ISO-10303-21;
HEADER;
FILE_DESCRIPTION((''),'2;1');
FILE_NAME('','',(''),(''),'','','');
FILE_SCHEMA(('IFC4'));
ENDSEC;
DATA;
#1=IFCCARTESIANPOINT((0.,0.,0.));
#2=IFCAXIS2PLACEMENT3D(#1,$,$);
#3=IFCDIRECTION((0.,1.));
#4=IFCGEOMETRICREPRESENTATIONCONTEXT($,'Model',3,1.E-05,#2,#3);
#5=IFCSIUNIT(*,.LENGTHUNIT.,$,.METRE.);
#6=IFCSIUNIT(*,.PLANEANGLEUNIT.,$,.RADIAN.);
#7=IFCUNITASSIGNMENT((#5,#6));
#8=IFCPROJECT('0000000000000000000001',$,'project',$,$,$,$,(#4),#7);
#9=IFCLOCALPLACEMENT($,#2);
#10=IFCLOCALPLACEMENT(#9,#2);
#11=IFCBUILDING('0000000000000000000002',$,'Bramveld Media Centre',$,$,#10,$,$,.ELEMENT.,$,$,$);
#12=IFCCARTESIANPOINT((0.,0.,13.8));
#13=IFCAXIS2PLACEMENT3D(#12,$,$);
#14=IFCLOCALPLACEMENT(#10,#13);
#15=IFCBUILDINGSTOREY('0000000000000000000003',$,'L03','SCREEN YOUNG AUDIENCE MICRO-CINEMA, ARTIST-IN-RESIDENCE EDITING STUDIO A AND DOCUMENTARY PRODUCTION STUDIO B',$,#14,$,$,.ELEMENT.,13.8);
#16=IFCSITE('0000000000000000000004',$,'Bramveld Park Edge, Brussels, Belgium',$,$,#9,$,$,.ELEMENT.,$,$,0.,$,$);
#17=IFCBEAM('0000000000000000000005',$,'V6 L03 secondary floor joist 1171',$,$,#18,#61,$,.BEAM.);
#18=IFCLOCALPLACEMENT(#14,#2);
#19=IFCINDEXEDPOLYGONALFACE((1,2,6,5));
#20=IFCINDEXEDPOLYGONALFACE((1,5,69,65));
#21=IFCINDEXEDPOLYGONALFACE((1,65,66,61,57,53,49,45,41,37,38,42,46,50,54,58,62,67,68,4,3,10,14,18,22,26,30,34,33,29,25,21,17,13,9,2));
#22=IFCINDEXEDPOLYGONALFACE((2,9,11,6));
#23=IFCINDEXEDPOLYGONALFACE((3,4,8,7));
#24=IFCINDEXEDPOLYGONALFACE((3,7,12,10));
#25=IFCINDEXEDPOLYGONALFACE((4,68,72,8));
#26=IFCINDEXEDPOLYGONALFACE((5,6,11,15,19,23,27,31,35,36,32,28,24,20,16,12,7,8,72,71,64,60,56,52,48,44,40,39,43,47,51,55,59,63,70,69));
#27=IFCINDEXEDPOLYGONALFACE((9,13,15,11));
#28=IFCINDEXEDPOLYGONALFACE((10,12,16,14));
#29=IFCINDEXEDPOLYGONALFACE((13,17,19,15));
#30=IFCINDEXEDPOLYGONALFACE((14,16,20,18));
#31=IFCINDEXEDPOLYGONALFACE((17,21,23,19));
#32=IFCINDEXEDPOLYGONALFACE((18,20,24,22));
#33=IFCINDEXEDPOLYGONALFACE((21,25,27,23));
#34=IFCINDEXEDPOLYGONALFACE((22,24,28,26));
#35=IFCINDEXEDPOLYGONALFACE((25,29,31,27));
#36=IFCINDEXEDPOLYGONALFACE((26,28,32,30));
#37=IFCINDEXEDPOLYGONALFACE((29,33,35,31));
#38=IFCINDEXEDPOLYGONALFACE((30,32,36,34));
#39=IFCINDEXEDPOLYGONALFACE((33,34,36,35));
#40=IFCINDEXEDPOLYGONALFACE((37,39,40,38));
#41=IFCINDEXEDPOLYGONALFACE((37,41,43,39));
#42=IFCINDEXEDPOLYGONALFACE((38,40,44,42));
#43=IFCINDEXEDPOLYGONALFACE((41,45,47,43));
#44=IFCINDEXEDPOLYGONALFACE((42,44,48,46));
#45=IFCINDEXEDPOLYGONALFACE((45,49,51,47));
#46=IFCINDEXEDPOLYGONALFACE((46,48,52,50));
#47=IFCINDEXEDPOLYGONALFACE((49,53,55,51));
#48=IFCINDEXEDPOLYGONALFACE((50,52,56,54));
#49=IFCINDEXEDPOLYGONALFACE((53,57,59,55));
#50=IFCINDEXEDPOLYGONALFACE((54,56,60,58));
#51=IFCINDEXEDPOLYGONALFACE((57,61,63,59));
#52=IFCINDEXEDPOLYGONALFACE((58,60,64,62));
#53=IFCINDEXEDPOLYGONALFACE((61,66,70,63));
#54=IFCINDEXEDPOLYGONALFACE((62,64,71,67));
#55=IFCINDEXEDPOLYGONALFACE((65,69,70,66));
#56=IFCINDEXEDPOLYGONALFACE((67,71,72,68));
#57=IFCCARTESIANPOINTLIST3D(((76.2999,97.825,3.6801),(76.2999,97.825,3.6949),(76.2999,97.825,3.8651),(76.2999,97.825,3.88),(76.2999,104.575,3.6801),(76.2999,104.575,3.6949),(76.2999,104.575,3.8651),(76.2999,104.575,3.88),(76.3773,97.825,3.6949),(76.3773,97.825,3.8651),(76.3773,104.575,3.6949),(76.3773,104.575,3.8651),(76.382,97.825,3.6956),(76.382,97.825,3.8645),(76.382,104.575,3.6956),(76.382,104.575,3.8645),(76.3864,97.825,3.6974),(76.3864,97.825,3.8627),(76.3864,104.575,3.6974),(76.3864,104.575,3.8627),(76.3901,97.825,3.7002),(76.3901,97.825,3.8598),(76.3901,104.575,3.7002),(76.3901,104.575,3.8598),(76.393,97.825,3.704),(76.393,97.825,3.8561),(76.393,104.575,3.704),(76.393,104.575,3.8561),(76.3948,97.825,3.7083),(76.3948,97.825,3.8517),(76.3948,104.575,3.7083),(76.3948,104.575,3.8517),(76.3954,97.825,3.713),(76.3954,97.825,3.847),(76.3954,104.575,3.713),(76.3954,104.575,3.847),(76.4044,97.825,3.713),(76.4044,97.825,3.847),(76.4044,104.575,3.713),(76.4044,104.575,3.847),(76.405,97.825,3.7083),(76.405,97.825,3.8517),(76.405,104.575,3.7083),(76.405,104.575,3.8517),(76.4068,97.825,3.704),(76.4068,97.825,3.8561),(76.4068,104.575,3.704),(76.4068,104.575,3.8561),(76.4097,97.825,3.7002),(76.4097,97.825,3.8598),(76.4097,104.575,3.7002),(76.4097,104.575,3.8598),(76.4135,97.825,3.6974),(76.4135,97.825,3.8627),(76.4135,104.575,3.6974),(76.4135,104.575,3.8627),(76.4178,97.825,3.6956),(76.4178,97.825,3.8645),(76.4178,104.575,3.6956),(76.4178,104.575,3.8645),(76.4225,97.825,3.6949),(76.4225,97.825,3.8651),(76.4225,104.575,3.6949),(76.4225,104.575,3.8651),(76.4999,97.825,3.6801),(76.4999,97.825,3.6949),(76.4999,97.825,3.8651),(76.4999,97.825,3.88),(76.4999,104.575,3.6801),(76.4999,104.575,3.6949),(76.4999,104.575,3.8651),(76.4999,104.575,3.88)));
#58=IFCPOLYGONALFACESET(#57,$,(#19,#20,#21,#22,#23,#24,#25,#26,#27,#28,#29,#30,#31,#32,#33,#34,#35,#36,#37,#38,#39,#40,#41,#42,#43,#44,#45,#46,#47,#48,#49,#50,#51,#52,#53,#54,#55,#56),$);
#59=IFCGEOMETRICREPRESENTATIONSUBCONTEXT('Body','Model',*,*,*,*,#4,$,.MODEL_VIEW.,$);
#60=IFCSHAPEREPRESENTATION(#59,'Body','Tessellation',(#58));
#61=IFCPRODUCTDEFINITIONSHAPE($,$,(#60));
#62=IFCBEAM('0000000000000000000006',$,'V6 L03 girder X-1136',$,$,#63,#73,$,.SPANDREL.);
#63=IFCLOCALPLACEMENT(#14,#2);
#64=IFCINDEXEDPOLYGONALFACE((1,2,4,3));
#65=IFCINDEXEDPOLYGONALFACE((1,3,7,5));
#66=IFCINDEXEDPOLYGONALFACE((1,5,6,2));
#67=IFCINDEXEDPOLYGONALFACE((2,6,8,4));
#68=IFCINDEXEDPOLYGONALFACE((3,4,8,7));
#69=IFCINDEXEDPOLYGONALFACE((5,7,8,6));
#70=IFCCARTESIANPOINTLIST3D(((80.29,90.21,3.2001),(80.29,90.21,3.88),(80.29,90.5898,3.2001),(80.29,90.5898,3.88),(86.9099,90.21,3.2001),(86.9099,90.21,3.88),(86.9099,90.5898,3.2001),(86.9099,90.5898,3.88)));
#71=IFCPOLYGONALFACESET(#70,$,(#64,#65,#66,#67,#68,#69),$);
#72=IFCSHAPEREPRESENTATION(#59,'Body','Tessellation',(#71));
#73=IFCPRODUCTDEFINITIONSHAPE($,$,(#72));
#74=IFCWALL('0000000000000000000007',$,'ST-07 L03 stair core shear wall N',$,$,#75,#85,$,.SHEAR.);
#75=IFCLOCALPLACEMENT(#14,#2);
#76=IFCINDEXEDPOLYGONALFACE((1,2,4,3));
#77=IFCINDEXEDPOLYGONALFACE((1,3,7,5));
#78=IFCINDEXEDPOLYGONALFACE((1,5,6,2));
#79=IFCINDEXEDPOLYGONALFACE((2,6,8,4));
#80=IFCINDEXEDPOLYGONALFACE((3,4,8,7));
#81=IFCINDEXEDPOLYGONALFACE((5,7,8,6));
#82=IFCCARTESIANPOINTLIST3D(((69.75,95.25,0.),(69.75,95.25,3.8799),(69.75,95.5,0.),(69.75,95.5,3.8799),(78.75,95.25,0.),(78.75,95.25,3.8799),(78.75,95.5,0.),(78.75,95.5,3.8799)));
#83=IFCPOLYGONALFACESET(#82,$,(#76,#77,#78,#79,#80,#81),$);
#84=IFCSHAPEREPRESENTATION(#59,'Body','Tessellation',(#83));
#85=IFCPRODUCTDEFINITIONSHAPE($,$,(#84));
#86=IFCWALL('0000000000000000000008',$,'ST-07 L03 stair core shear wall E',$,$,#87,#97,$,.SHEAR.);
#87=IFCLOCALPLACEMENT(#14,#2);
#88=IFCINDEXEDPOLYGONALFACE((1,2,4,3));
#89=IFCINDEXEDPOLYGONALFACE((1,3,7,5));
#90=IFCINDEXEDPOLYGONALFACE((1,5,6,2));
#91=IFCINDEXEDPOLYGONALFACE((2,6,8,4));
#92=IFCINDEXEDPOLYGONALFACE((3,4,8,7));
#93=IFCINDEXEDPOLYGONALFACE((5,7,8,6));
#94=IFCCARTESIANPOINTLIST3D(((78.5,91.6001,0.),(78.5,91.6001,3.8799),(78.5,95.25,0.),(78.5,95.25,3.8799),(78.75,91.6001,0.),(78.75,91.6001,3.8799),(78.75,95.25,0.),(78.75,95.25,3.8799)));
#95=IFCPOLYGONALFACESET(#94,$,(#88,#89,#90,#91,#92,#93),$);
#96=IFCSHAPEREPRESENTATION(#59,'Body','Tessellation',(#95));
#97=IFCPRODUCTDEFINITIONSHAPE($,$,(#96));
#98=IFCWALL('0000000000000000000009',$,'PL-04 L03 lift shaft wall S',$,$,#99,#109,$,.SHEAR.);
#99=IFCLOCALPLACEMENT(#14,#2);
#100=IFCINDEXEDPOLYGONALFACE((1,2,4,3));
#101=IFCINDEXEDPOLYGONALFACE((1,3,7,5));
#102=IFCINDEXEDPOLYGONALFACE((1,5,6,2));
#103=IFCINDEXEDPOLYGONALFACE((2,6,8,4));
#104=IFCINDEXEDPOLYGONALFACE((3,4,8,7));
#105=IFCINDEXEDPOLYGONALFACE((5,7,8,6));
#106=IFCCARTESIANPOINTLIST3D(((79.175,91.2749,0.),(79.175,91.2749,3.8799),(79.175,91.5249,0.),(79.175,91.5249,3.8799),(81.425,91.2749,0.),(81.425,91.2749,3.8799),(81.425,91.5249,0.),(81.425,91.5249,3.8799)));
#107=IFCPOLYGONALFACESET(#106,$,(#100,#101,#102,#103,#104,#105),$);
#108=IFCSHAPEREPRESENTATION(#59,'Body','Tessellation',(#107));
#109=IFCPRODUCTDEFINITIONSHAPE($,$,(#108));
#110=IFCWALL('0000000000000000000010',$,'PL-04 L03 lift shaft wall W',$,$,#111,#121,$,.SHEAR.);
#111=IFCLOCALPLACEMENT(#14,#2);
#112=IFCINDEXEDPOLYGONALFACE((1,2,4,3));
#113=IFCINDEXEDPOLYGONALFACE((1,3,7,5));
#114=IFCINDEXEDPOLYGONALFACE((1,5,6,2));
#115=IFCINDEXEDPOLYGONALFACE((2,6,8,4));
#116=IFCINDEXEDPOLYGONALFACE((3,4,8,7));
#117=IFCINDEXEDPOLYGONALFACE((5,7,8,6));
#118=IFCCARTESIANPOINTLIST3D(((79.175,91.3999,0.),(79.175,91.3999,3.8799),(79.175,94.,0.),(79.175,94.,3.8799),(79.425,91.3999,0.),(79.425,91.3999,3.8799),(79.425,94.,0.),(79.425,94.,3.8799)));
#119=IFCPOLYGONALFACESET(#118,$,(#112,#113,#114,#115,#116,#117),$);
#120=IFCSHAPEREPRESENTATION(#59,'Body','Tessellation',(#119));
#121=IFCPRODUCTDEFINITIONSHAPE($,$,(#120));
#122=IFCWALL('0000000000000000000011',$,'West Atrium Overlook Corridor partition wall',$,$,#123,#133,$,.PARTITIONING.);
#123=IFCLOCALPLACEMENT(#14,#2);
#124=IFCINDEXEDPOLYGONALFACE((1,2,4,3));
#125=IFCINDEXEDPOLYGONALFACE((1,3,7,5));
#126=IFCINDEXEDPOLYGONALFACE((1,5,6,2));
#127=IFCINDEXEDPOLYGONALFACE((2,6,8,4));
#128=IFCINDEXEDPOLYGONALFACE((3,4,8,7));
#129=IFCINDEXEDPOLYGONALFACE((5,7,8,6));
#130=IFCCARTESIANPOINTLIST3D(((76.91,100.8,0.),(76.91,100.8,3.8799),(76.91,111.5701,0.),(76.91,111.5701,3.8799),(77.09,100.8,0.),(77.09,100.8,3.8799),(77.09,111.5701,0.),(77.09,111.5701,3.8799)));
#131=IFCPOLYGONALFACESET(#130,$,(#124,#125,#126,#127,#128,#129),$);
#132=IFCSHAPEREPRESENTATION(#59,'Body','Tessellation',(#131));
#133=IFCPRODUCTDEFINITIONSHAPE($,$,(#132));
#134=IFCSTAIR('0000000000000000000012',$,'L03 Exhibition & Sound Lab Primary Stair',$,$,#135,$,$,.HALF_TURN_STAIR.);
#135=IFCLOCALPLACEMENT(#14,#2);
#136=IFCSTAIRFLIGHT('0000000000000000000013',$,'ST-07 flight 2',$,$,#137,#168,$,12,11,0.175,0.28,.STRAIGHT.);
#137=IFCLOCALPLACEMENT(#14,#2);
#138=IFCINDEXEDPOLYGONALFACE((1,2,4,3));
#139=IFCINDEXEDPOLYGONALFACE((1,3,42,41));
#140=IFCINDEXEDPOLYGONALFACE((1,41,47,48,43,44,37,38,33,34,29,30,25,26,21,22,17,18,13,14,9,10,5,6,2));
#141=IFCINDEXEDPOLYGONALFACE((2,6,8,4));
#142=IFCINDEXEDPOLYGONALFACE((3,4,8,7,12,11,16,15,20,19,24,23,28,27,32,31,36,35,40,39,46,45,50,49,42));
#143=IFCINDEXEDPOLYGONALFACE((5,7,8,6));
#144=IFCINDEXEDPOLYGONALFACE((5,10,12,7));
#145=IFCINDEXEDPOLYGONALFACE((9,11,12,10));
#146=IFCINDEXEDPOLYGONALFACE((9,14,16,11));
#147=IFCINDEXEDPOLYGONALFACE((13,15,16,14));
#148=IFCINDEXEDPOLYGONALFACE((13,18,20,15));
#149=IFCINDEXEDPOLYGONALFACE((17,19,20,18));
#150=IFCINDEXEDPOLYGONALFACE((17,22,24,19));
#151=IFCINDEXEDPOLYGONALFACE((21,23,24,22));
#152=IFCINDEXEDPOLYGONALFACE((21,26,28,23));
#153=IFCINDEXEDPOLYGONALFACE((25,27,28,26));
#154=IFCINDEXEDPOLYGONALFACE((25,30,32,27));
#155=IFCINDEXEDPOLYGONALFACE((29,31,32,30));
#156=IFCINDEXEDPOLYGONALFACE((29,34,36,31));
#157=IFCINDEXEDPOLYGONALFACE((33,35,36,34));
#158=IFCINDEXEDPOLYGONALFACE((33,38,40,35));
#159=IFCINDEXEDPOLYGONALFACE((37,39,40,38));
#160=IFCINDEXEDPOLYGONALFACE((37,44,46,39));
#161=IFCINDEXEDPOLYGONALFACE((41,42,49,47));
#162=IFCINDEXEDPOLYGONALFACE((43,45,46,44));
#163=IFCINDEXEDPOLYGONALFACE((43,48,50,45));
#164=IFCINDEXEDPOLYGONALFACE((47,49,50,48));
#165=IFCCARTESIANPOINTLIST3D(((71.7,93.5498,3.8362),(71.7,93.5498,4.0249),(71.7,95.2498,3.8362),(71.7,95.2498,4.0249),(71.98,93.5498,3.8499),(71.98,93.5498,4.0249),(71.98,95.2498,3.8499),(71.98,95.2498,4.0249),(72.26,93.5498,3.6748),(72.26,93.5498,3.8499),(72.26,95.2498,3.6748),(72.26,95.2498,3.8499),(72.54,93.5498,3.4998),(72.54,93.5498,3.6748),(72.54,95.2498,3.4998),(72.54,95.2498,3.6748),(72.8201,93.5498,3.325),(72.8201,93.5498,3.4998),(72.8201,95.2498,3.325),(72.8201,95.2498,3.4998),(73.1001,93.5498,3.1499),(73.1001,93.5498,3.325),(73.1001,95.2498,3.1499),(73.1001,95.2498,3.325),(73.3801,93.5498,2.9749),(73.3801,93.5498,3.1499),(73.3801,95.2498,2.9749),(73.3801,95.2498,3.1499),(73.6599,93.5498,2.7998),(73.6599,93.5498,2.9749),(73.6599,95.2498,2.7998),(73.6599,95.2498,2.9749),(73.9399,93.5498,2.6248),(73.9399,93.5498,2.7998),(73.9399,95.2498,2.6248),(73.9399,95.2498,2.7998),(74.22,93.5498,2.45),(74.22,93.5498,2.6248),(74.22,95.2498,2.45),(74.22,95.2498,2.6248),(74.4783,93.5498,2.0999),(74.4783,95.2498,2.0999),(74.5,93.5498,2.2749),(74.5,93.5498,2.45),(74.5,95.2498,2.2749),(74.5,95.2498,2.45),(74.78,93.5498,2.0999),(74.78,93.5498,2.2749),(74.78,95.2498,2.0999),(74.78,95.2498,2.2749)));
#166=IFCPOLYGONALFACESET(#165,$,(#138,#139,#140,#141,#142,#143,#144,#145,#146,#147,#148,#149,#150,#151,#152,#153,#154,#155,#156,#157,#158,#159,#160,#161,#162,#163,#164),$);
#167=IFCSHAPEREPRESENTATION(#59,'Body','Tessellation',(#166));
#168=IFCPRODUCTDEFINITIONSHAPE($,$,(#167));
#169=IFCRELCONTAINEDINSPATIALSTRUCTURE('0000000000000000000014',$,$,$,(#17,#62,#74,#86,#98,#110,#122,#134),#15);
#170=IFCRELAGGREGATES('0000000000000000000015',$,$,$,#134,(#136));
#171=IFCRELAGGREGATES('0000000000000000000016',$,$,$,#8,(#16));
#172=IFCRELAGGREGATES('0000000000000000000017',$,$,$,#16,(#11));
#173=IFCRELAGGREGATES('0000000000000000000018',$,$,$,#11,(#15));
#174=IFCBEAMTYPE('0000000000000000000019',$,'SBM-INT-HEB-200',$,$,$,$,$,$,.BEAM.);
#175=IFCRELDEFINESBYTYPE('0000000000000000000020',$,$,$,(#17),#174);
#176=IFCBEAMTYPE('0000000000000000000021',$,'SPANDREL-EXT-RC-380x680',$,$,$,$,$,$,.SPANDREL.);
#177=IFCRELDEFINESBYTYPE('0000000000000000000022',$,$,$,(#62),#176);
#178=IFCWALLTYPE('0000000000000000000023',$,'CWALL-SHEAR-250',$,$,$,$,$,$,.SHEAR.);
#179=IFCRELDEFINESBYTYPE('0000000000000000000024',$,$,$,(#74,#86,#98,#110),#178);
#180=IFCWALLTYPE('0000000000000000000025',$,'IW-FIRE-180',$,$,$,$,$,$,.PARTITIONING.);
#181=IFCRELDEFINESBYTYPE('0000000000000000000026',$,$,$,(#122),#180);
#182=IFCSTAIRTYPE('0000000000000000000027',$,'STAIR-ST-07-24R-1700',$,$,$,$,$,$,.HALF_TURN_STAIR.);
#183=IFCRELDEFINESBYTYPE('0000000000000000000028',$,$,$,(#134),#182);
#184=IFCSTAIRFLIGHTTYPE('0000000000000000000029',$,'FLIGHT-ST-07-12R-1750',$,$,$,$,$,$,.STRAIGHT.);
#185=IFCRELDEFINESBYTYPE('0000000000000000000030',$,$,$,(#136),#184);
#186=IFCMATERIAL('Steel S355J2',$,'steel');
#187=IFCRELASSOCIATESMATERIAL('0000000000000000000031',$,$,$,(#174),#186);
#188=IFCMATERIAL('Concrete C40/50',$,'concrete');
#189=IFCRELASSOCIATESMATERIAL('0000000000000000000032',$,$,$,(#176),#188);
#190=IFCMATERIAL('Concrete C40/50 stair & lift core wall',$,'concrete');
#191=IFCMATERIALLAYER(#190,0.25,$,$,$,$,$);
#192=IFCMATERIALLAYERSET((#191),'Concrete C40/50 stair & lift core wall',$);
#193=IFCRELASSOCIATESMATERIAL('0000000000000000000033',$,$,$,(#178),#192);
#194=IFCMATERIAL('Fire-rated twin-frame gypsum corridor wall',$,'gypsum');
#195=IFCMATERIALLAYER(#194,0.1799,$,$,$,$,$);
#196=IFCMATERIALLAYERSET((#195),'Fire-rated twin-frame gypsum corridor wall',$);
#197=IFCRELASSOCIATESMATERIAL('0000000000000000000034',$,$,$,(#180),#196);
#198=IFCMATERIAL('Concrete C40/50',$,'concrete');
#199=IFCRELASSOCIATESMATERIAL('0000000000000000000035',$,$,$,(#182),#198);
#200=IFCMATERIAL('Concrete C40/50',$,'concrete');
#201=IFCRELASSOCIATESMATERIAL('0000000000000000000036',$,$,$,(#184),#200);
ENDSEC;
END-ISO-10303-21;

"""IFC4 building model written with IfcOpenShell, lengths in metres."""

from ifc_helpers import new_model, si_unit, direction, frame, frame_2d, origin, origin_2d, place, context, subcontext, project, spatial, polyline, rectangle, i_section, outline, extrude, material, layer, layer_set, material_profile, profile_set, type_object, element, aggregate, save


model = new_model("IFC4")

# Units and contexts
model_context = context("Model", 3, precision=1e-05, world=origin(), true_north=direction((0.0, 1.0)))
body_context = subcontext(model_context, "Body", "Model", "MODEL_VIEW")
ifc_project = project(units=[si_unit("LENGTHUNIT", "METRE"), si_unit("PLANEANGLEUNIT", "RADIAN")], contexts=[model_context])

# Site, building, storey
site_placement = place(None, origin())
site = spatial("IfcSite", under=ifc_project, at=site_placement, Name="Bramveld Park Edge, Brussels, Belgium", CompositionType="ELEMENT", RefElevation=0.0)
building_placement = place(site_placement, origin())
building = spatial("IfcBuilding", under=site, at=building_placement, Name="Bramveld Media Centre", CompositionType="ELEMENT")
storey_placement = place(building_placement, frame((0.0, 0.0, 13.8)))
storey = spatial("IfcBuildingStorey", under=building, at=storey_placement, Name="L03", Description="SCREEN YOUNG AUDIENCE MICRO-CINEMA, ARTIST-IN-RESIDENCE EDITING STUDIO A AND DOCUMENTARY PRODUCTION STUDIO B", CompositionType="ELEMENT", Elevation=13.8)

# Beams
ifc_material_1 = material(Name="Steel S355J2", Category="steel")
ifc_material_profile_1 = material_profile(ifc_material_1, i_section(OverallWidth=0.2, OverallDepth=0.2, WebThickness=0.009, FlangeThickness=0.0149, FilletRadius=0.0181, at=origin_2d()), Name="HEB 200")
ifc_profile_set_1 = profile_set([ifc_material_profile_1], Name="Steel S355J2")
beam_type_1 = type_object("IfcBeamType", Name="SBM-INT-HEB-200", PredefinedType="BEAM", material=ifc_profile_set_1)
beam_1_placement = place(storey_placement, frame((76.3999, 97.825, 3.78), z_axis=(0.0, 1.0, 0.0), x_axis=(-1.0, 0.0, 0.0)))
element("IfcBeam", 1, at=beam_1_placement, inside=storey, type_object=beam_type_1, Name="V6 L03 secondary floor joist 1171", PredefinedType="BEAM", context=body_context, shape_type="SweptSolid", body=[
    extrude(i_section(OverallWidth=0.2, OverallDepth=0.2, WebThickness=0.009, FlangeThickness=0.0149, FilletRadius=0.0181, at=origin_2d()), origin(), (0.0, 0.0, 1.0), 6.75),
])
ifc_material_2 = material(Name="Concrete C40/50", Category="concrete")
ifc_material_profile_2 = material_profile(ifc_material_2, rectangle(XDim=0.3799, YDim=0.6799, at=origin_2d()), Name="RC 380x680")
ifc_profile_set_2 = profile_set([ifc_material_profile_2], Name="Concrete C40/50")
beam_type_2 = type_object("IfcBeamType", Name="SPANDREL-EXT-RC-380x680", PredefinedType="SPANDREL", material=ifc_profile_set_2)
beam_2_placement = place(storey_placement, frame((80.29, 90.3999, 3.54), z_axis=(1.0, 0.0, 0.0), x_axis=(0.0, 1.0, 0.0)))
element("IfcBeam", 2, at=beam_2_placement, inside=storey, type_object=beam_type_2, Name="V6 L03 girder X-1136", PredefinedType="SPANDREL", context=body_context, shape_type="SweptSolid", body=[
    extrude(rectangle(XDim=0.3799, YDim=0.6799, at=origin_2d()), origin(), (0.0, 0.0, 1.0), 6.6199),
])

# Walls
ifc_material_3 = material(Name="Concrete C40/50 stair & lift core wall", Category="concrete")
ifc_layer_1 = layer(ifc_material_3, 0.25)
ifc_layer_set_1 = layer_set([ifc_layer_1], Name="Concrete C40/50 stair & lift core wall")
wall_type_1 = type_object("IfcWallType", Name="CWALL-SHEAR-250", PredefinedType="SHEAR", material=ifc_layer_set_1)
wall_1_placement = place(storey_placement, frame((78.75, 95.375, 0.0), z_axis=(0.0, 0.0, 1.0), x_axis=(-1.0, 0.0, 0.0)))
element("IfcWall", 3, at=wall_1_placement, inside=storey, type_object=wall_type_1, Name="ST-07 L03 stair core shear wall N", PredefinedType="SHEAR", context=body_context, shape_type="SweptSolid", body=[
    extrude(rectangle(XDim=9.0, YDim=0.25, at=frame_2d((4.5, 0.0))), origin(), (0.0, 0.0, 1.0), 3.8799),
])
wall_2_placement = place(storey_placement, frame((78.625, 91.6001, 0.0), z_axis=(0.0, 0.0, 1.0), x_axis=(0.0, 1.0, 0.0)))
element("IfcWall", 4, at=wall_2_placement, inside=storey, type_object=wall_type_1, Name="ST-07 L03 stair core shear wall E", PredefinedType="SHEAR", context=body_context, shape_type="SweptSolid", body=[
    extrude(rectangle(XDim=3.6499, YDim=0.25, at=frame_2d((1.825, 0.0))), origin(), (0.0, 0.0, 1.0), 3.8799),
])
wall_3_placement = place(storey_placement, frame((79.175, 91.3999, 0.0), z_axis=(0.0, 0.0, 1.0), x_axis=(1.0, 0.0, 0.0)))
element("IfcWall", 5, at=wall_3_placement, inside=storey, type_object=wall_type_1, Name="PL-04 L03 lift shaft wall S", PredefinedType="SHEAR", context=body_context, shape_type="SweptSolid", body=[
    extrude(rectangle(XDim=2.25, YDim=0.25, at=frame_2d((1.125, 0.0))), origin(), (0.0, 0.0, 1.0), 3.8799),
])
wall_4_placement = place(storey_placement, frame((79.3, 94.0, 0.0), z_axis=(0.0, 0.0, 1.0), x_axis=(0.0, -1.0, 0.0)))
element("IfcWall", 6, at=wall_4_placement, inside=storey, type_object=wall_type_1, Name="PL-04 L03 lift shaft wall W", PredefinedType="SHEAR", context=body_context, shape_type="SweptSolid", body=[
    extrude(rectangle(XDim=2.6001, YDim=0.25, at=frame_2d((1.3, 0.0))), origin(), (0.0, 0.0, 1.0), 3.8799),
])
ifc_material_4 = material(Name="Fire-rated twin-frame gypsum corridor wall", Category="gypsum")
ifc_layer_2 = layer(ifc_material_4, 0.1799)
ifc_layer_set_2 = layer_set([ifc_layer_2], Name="Fire-rated twin-frame gypsum corridor wall")
wall_type_2 = type_object("IfcWallType", Name="IW-FIRE-180", PredefinedType="PARTITIONING", material=ifc_layer_set_2)
wall_5_placement = place(storey_placement, frame((77.0, 100.8, 0.0), z_axis=(0.0, 0.0, 1.0), x_axis=(0.0, 1.0, 0.0)))
element("IfcWall", 7, at=wall_5_placement, inside=storey, type_object=wall_type_2, Name="West Atrium Overlook Corridor partition wall", PredefinedType="PARTITIONING", context=body_context, shape_type="SweptSolid", body=[
    extrude(rectangle(XDim=10.77, YDim=0.1799, at=frame_2d((5.385, 0.0))), origin(), (0.0, 0.0, 1.0), 3.8799),
])

# Stair, stair flight
ifc_material_5 = material(Name="Concrete C40/50", Category="concrete")
stair_type = type_object("IfcStairType", Name="STAIR-ST-07-24R-1700", PredefinedType="HALF_TURN_STAIR", material=ifc_material_5)
stair_placement = place(storey_placement, origin())
stair = element("IfcStair", 8, at=stair_placement, inside=storey, type_object=stair_type, Name="L03 Exhibition & Sound Lab Primary Stair", PredefinedType="HALF_TURN_STAIR")
ifc_material_6 = material(Name="Concrete C40/50", Category="concrete")
stair_flight_type = type_object("IfcStairFlightType", Name="FLIGHT-ST-07-12R-1750", PredefinedType="STRAIGHT", material=ifc_material_6)
stair_flight_placement = place(storey_placement, frame((74.78, 94.3999, 2.0999), z_axis=(0.0, 0.0, 1.0), x_axis=(-1.0, 0.0, 0.0)))
stair_flight = element("IfcStairFlight", 9, at=stair_flight_placement, type_object=stair_flight_type, Name="ST-07 flight 2", NumberOfRisers=12, NumberOfTreads=11, PredefinedType="STRAIGHT", RiserHeight=0.175, TreadLength=0.28, context=body_context, shape_type="SweptSolid", body=[
    extrude(outline(polyline([(0.0, 0.0), (0.0, 0.175), (0.28, 0.175), (0.28, 0.3501), (0.5601, 0.3501), (0.5601, 0.5249), (0.8401, 0.5249), (0.8401, 0.7), (1.1201, 0.7), (1.1201, 0.875), (1.3999, 0.875), (1.3999, 1.05), (1.6799, 1.05), (1.6799, 1.2251), (1.96, 1.2251), (1.96, 1.3999), (2.24, 1.3999), (2.24, 1.575), (2.52, 1.575), (2.52, 1.75), (2.8, 1.75), (2.8, 1.925), (3.0801, 1.925), (3.0801, 2.1001), (3.0801, 1.7363), (0.3018, 0.0), (0.0, 0.0)])), frame((0.0, 0.8501, 0.0), z_axis=(0.0, -1.0, 0.0), x_axis=(1.0, 0.0, 0.0)), (0.0, 0.0, 1.0), 1.7),
])
aggregate(stair, [stair_flight])

save(model, "model.ifc")
